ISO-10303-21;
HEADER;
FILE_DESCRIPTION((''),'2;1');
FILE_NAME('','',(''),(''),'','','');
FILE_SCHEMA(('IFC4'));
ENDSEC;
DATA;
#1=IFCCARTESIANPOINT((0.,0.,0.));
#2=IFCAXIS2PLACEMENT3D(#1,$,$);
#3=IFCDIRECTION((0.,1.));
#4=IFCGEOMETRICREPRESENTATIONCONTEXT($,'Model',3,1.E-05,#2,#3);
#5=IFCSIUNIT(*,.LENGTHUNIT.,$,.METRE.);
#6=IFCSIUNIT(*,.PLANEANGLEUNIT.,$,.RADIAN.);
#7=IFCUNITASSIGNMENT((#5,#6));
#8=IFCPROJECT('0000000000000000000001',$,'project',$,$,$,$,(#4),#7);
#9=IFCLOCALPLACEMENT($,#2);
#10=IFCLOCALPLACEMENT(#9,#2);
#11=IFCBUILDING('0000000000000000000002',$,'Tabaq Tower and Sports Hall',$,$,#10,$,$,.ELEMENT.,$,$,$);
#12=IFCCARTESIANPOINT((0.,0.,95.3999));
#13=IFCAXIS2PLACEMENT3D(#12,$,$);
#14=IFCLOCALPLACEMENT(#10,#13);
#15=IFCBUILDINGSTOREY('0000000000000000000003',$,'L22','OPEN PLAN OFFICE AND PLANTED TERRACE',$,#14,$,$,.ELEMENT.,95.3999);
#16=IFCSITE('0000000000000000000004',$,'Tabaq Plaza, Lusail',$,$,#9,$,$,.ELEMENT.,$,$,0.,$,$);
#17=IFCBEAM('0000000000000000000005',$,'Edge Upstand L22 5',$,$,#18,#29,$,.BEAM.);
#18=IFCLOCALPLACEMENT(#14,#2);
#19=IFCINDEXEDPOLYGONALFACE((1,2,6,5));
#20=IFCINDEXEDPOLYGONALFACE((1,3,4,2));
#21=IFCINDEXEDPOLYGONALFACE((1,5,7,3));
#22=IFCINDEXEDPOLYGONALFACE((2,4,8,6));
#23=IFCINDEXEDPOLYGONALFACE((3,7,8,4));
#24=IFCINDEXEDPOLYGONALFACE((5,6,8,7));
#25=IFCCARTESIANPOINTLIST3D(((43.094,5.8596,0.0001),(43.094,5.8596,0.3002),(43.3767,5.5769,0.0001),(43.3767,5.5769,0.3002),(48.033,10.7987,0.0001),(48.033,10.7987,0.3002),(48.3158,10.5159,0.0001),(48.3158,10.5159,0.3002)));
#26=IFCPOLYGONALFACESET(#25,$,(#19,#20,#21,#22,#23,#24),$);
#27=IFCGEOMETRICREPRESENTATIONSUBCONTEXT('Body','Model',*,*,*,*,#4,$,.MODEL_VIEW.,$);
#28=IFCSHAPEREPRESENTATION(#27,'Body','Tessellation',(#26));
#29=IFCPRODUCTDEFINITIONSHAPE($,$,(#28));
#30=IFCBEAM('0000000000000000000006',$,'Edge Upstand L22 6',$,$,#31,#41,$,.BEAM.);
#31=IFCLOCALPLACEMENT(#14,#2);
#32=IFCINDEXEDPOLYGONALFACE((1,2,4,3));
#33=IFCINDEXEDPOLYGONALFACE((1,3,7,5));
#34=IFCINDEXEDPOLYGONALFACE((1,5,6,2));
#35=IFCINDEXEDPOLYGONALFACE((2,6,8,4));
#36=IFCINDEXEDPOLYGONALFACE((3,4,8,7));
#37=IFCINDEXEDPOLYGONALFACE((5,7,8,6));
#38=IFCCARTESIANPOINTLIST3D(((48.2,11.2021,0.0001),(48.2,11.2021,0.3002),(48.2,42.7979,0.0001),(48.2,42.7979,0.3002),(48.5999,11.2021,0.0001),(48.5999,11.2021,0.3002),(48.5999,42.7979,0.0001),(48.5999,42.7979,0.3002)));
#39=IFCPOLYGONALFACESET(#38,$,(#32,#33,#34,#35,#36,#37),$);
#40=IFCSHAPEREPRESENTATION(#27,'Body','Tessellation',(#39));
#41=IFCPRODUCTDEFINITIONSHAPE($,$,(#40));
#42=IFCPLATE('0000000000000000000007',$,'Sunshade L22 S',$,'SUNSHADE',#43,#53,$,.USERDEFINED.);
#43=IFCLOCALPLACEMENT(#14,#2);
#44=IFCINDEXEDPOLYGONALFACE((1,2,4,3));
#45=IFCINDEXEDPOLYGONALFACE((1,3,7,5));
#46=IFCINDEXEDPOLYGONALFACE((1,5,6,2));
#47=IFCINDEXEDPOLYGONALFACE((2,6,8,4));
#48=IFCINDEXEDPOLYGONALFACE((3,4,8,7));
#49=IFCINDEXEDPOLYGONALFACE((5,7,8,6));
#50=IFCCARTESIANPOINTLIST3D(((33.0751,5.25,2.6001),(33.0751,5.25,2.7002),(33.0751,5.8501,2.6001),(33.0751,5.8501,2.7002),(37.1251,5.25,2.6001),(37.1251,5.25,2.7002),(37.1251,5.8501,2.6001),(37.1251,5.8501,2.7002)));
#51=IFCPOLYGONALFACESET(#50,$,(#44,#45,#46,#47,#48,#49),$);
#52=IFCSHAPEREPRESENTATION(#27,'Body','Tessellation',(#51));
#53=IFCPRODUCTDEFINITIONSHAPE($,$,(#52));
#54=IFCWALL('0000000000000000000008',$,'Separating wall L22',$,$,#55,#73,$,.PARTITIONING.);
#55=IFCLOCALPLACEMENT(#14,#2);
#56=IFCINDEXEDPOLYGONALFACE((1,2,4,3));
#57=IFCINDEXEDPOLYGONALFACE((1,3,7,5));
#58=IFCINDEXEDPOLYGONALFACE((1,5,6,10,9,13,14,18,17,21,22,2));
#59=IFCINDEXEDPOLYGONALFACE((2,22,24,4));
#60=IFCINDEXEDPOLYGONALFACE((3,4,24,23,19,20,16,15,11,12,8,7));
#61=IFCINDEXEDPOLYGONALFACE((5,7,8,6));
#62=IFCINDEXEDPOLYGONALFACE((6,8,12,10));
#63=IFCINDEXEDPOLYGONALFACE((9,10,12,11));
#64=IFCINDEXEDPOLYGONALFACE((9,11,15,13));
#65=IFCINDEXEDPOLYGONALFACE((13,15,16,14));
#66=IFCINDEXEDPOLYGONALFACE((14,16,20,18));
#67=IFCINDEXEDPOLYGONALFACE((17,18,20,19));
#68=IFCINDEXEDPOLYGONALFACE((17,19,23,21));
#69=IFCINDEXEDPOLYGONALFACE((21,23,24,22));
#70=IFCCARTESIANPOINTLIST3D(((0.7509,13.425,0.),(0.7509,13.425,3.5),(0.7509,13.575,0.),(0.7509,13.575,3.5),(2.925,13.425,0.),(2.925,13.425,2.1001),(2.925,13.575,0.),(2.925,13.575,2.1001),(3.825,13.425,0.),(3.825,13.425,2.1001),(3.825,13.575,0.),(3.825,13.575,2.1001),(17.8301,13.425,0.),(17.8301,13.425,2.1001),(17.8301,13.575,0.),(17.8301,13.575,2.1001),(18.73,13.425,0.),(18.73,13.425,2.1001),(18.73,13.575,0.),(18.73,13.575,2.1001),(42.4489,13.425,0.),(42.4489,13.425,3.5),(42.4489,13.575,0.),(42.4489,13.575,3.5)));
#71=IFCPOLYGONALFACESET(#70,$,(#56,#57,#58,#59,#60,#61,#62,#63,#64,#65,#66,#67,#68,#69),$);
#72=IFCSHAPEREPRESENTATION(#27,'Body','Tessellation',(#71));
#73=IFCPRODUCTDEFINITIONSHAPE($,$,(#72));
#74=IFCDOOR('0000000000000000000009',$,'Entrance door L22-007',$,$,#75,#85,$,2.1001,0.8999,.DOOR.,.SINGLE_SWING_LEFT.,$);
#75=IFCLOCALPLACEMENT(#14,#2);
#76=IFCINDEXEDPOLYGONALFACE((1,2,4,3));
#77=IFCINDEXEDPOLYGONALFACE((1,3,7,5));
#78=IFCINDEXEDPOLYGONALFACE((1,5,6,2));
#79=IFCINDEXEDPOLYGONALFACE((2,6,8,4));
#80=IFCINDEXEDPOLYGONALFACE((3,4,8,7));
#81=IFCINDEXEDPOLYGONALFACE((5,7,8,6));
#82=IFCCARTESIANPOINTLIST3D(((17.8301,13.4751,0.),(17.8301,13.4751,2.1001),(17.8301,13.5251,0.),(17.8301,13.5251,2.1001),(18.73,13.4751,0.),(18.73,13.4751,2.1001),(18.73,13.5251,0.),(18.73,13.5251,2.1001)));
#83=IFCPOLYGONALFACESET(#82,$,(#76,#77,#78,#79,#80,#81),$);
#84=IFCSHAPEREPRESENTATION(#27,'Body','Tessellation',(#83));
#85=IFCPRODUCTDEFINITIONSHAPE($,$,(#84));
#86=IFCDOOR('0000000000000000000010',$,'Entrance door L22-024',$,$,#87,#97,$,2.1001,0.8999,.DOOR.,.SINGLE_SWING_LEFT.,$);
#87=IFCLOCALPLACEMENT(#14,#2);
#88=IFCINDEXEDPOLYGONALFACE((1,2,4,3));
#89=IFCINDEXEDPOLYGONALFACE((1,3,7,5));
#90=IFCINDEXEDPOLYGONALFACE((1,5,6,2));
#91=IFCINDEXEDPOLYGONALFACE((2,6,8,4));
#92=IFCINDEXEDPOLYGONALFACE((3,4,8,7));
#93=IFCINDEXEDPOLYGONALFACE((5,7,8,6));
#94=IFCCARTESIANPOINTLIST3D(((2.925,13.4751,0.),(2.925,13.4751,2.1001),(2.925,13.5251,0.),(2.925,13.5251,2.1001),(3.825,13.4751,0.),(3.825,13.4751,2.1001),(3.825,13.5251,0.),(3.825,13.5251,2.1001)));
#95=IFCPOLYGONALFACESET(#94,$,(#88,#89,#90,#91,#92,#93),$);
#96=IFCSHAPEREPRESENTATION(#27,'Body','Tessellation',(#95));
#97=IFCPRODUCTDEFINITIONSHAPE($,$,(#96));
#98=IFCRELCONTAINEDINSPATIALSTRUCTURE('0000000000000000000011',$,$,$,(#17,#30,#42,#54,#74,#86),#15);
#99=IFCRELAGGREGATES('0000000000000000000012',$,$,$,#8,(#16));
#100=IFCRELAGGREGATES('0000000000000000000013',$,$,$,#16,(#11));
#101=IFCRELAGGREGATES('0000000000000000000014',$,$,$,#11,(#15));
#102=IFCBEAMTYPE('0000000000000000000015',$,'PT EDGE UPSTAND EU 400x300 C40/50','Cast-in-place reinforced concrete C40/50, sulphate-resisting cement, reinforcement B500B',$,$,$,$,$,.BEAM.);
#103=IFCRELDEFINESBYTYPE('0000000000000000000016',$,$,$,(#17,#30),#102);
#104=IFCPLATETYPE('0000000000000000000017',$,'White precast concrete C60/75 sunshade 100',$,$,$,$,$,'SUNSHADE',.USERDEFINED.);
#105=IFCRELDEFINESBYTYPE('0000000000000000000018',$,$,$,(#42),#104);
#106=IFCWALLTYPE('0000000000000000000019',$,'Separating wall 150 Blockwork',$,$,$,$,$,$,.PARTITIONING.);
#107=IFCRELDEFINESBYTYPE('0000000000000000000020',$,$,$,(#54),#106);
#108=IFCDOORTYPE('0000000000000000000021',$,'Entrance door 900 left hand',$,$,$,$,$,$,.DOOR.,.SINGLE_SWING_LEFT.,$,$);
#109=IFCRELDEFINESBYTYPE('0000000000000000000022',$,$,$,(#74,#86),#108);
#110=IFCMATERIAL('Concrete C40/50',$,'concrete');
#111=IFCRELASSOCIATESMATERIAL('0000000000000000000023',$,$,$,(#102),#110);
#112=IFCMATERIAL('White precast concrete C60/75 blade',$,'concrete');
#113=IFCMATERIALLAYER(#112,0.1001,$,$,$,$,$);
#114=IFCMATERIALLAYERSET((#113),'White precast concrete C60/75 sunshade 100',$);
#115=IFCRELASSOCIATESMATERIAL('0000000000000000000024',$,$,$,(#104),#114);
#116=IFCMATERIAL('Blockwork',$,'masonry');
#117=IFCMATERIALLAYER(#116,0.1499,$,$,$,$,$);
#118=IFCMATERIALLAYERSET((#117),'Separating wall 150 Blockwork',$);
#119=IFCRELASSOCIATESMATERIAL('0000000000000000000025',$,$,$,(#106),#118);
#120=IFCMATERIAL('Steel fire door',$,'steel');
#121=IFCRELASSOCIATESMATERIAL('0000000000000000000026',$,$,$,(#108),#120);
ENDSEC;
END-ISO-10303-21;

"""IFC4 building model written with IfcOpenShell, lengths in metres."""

from ifc_helpers import new_model, si_unit, direction, frame, frame_2d, origin, origin_2d, place, context, subcontext, project, spatial, rectangle, extrude, material, layer, layer_set, material_profile, profile_set, type_object, element, fill, save


model = new_model("IFC4")

# Units and contexts
model_context = context("Model", 3, precision=1e-05, world=origin(), true_north=direction((0.0, 1.0)))
body_context = subcontext(model_context, "Body", "Model", "MODEL_VIEW")
ifc_project = project(units=[si_unit("LENGTHUNIT", "METRE"), si_unit("PLANEANGLEUNIT", "RADIAN")], contexts=[model_context])

# Site, building, storey
site_placement = place(None, origin())
site = spatial("IfcSite", under=ifc_project, at=site_placement, Name="Tabaq Plaza, Lusail", CompositionType="ELEMENT", RefElevation=0.0)
building_placement = place(site_placement, origin())
building = spatial("IfcBuilding", under=site, at=building_placement, Name="Tabaq Tower and Sports Hall", CompositionType="ELEMENT")
storey_placement = place(building_placement, frame((0.0, 0.0, 95.3999)))
storey = spatial("IfcBuildingStorey", under=building, at=storey_placement, Name="L22", Description="OPEN PLAN OFFICE AND PLANTED TERRACE", CompositionType="ELEMENT", Elevation=95.3999)

# Beams
ifc_material_1 = material(Name="Concrete C40/50", Category="concrete")
ifc_material_profile = material_profile(ifc_material_1, rectangle(XDim=0.3999, YDim=0.3, at=origin_2d()), Name="EU 400x300")
ifc_profile_set = profile_set([ifc_material_profile], Name="Concrete C40/50")
beam_type = type_object("IfcBeamType", Name="PT EDGE UPSTAND EU 400x300 C40/50", Description="Cast-in-place reinforced concrete C40/50, sulphate-resisting cement, reinforcement B500B", PredefinedType="BEAM", material=ifc_profile_set)
beam_1_placement = place(storey_placement, frame((43.2354, 5.7183, 0.1501), z_axis=(0.707107, 0.707107, 0.0), x_axis=(-0.707107, 0.707107, 0.0)))
element("IfcBeam", 1, at=beam_1_placement, inside=storey, type_object=beam_type, Name="Edge Upstand L22 5", PredefinedType="BEAM", context=body_context, shape_type="SweptSolid", body=[
    extrude(rectangle(XDim=0.3999, YDim=0.3, at=origin_2d()), origin(), (0.0, 0.0, 1.0), 6.9849),
])
beam_2_placement = place(storey_placement, frame((48.3999, 11.2021, 0.1501), z_axis=(0.0, 1.0, 0.0), x_axis=(-1.0, 0.0, 0.0)))
element("IfcBeam", 2, at=beam_2_placement, inside=storey, type_object=beam_type, Name="Edge Upstand L22 6", PredefinedType="BEAM", context=body_context, shape_type="SweptSolid", body=[
    extrude(rectangle(XDim=0.3999, YDim=0.3, at=origin_2d()), origin(), (0.0, 0.0, 1.0), 31.5957),
])

# Plate
ifc_material_2 = material(Name="White precast concrete C60/75 blade", Category="concrete")
ifc_layer_1 = layer(ifc_material_2, 0.1001)
ifc_layer_set_1 = layer_set([ifc_layer_1], Name="White precast concrete C60/75 sunshade 100")
plate_type_1 = type_object("IfcPlateType", Name="White precast concrete C60/75 sunshade 100", ElementType="SUNSHADE", PredefinedType="USERDEFINED", material=ifc_layer_set_1)
plate_1_placement = place(storey_placement, frame((35.1001, 5.55, 2.6001), z_axis=(0.0, 0.0, 1.0), x_axis=(1.0, 0.0, 0.0)))
element("IfcPlate", 3, at=plate_1_placement, inside=storey, type_object=plate_type_1, Name="Sunshade L22 S", ObjectType="SUNSHADE", PredefinedType="USERDEFINED", context=body_context, shape_type="SweptSolid", body=[
    extrude(rectangle(XDim=4.05, YDim=0.6001, at=origin_2d()), origin(), (0.0, 0.0, 1.0), 0.1001),
])

# Wall, openings, doors
ifc_material_3 = material(Name="Blockwork", Category="masonry")
ifc_layer_2 = layer(ifc_material_3, 0.1499)
ifc_layer_set_2 = layer_set([ifc_layer_2], Name="Separating wall 150 Blockwork")
wall_type_1 = type_object("IfcWallType", Name="Separating wall 150 Blockwork", PredefinedType="PARTITIONING", material=ifc_layer_set_2)
wall_1_placement = place(storey_placement, frame((42.449, 13.5, 0.0), z_axis=(0.0, 0.0, 1.0), x_axis=(-1.0, 0.0, 0.0)))
wall_1 = element("IfcWall", 4, at=wall_1_placement, inside=storey, type_object=wall_type_1, Name="Separating wall L22", PredefinedType="PARTITIONING", context=body_context, shape_type="SweptSolid", body=[
    extrude(rectangle(XDim=41.698, YDim=0.1499, at=frame_2d((20.8491, 0.0))), origin(), (0.0, 0.0, 1.0), 3.5),
])
opening_1_placement = place(wall_1_placement, frame((23.719, 0.0, 0.0)))
opening_1 = element("IfcOpeningElement", 5, at=opening_1_placement, cuts=wall_1, PredefinedType="OPENING", context=body_context, shape_type="SweptSolid", body=[
    extrude(rectangle(XDim=0.8999, YDim=2.1001, at=frame_2d((0.45, 1.05))), frame((0.0, 0.075, 0.0), z_axis=(0.0, -1.0, 0.0), x_axis=(1.0, 0.0, 0.0)), (0.0, 0.0, 1.0), 0.1499),
])
opening_2_placement = place(wall_1_placement, frame((38.624, 0.0, 0.0)))
opening_2 = element("IfcOpeningElement", 6, at=opening_2_placement, cuts=wall_1, PredefinedType="OPENING", context=body_context, shape_type="SweptSolid", body=[
    extrude(rectangle(XDim=0.8999, YDim=2.1001, at=frame_2d((0.45, 1.05))), frame((0.0, 0.075, 0.0), z_axis=(0.0, -1.0, 0.0), x_axis=(1.0, 0.0, 0.0)), (0.0, 0.0, 1.0), 0.1499),
])
ifc_material_4 = material(Name="Steel fire door", Category="steel")
door_type_1 = type_object("IfcDoorType", Name="Entrance door 900 left hand", OperationType="SINGLE_SWING_LEFT", PredefinedType="DOOR", material=ifc_material_4)
door_1_placement = place(opening_1_placement, origin())
door_1 = element("IfcDoor", 7, at=door_1_placement, inside=storey, type_object=door_type_1, Name="Entrance door L22-007", OperationType="SINGLE_SWING_LEFT", OverallHeight=2.1001, OverallWidth=0.8999, PredefinedType="DOOR", context=body_context, shape_type="SweptSolid", body=[
    extrude(rectangle(XDim=0.8999, YDim=2.1001, at=frame_2d((0.45, 1.05))), frame((0.0, 0.0249, 0.0), z_axis=(0.0, -1.0, 0.0), x_axis=(1.0, 0.0, 0.0)), (0.0, 0.0, 1.0), 0.05),
])
fill(opening_1, door_1)
door_2_placement = place(opening_2_placement, origin())
door_2 = element("IfcDoor", 8, at=door_2_placement, inside=storey, type_object=door_type_1, Name="Entrance door L22-024", OperationType="SINGLE_SWING_LEFT", OverallHeight=2.1001, OverallWidth=0.8999, PredefinedType="DOOR", context=body_context, shape_type="SweptSolid", body=[
    extrude(rectangle(XDim=0.8999, YDim=2.1001, at=frame_2d((0.45, 1.05))), frame((0.0, 0.0249, 0.0), z_axis=(0.0, -1.0, 0.0), x_axis=(1.0, 0.0, 0.0)), (0.0, 0.0, 1.0), 0.05),
])
fill(opening_2, door_2)

save(model, "model.ifc")
